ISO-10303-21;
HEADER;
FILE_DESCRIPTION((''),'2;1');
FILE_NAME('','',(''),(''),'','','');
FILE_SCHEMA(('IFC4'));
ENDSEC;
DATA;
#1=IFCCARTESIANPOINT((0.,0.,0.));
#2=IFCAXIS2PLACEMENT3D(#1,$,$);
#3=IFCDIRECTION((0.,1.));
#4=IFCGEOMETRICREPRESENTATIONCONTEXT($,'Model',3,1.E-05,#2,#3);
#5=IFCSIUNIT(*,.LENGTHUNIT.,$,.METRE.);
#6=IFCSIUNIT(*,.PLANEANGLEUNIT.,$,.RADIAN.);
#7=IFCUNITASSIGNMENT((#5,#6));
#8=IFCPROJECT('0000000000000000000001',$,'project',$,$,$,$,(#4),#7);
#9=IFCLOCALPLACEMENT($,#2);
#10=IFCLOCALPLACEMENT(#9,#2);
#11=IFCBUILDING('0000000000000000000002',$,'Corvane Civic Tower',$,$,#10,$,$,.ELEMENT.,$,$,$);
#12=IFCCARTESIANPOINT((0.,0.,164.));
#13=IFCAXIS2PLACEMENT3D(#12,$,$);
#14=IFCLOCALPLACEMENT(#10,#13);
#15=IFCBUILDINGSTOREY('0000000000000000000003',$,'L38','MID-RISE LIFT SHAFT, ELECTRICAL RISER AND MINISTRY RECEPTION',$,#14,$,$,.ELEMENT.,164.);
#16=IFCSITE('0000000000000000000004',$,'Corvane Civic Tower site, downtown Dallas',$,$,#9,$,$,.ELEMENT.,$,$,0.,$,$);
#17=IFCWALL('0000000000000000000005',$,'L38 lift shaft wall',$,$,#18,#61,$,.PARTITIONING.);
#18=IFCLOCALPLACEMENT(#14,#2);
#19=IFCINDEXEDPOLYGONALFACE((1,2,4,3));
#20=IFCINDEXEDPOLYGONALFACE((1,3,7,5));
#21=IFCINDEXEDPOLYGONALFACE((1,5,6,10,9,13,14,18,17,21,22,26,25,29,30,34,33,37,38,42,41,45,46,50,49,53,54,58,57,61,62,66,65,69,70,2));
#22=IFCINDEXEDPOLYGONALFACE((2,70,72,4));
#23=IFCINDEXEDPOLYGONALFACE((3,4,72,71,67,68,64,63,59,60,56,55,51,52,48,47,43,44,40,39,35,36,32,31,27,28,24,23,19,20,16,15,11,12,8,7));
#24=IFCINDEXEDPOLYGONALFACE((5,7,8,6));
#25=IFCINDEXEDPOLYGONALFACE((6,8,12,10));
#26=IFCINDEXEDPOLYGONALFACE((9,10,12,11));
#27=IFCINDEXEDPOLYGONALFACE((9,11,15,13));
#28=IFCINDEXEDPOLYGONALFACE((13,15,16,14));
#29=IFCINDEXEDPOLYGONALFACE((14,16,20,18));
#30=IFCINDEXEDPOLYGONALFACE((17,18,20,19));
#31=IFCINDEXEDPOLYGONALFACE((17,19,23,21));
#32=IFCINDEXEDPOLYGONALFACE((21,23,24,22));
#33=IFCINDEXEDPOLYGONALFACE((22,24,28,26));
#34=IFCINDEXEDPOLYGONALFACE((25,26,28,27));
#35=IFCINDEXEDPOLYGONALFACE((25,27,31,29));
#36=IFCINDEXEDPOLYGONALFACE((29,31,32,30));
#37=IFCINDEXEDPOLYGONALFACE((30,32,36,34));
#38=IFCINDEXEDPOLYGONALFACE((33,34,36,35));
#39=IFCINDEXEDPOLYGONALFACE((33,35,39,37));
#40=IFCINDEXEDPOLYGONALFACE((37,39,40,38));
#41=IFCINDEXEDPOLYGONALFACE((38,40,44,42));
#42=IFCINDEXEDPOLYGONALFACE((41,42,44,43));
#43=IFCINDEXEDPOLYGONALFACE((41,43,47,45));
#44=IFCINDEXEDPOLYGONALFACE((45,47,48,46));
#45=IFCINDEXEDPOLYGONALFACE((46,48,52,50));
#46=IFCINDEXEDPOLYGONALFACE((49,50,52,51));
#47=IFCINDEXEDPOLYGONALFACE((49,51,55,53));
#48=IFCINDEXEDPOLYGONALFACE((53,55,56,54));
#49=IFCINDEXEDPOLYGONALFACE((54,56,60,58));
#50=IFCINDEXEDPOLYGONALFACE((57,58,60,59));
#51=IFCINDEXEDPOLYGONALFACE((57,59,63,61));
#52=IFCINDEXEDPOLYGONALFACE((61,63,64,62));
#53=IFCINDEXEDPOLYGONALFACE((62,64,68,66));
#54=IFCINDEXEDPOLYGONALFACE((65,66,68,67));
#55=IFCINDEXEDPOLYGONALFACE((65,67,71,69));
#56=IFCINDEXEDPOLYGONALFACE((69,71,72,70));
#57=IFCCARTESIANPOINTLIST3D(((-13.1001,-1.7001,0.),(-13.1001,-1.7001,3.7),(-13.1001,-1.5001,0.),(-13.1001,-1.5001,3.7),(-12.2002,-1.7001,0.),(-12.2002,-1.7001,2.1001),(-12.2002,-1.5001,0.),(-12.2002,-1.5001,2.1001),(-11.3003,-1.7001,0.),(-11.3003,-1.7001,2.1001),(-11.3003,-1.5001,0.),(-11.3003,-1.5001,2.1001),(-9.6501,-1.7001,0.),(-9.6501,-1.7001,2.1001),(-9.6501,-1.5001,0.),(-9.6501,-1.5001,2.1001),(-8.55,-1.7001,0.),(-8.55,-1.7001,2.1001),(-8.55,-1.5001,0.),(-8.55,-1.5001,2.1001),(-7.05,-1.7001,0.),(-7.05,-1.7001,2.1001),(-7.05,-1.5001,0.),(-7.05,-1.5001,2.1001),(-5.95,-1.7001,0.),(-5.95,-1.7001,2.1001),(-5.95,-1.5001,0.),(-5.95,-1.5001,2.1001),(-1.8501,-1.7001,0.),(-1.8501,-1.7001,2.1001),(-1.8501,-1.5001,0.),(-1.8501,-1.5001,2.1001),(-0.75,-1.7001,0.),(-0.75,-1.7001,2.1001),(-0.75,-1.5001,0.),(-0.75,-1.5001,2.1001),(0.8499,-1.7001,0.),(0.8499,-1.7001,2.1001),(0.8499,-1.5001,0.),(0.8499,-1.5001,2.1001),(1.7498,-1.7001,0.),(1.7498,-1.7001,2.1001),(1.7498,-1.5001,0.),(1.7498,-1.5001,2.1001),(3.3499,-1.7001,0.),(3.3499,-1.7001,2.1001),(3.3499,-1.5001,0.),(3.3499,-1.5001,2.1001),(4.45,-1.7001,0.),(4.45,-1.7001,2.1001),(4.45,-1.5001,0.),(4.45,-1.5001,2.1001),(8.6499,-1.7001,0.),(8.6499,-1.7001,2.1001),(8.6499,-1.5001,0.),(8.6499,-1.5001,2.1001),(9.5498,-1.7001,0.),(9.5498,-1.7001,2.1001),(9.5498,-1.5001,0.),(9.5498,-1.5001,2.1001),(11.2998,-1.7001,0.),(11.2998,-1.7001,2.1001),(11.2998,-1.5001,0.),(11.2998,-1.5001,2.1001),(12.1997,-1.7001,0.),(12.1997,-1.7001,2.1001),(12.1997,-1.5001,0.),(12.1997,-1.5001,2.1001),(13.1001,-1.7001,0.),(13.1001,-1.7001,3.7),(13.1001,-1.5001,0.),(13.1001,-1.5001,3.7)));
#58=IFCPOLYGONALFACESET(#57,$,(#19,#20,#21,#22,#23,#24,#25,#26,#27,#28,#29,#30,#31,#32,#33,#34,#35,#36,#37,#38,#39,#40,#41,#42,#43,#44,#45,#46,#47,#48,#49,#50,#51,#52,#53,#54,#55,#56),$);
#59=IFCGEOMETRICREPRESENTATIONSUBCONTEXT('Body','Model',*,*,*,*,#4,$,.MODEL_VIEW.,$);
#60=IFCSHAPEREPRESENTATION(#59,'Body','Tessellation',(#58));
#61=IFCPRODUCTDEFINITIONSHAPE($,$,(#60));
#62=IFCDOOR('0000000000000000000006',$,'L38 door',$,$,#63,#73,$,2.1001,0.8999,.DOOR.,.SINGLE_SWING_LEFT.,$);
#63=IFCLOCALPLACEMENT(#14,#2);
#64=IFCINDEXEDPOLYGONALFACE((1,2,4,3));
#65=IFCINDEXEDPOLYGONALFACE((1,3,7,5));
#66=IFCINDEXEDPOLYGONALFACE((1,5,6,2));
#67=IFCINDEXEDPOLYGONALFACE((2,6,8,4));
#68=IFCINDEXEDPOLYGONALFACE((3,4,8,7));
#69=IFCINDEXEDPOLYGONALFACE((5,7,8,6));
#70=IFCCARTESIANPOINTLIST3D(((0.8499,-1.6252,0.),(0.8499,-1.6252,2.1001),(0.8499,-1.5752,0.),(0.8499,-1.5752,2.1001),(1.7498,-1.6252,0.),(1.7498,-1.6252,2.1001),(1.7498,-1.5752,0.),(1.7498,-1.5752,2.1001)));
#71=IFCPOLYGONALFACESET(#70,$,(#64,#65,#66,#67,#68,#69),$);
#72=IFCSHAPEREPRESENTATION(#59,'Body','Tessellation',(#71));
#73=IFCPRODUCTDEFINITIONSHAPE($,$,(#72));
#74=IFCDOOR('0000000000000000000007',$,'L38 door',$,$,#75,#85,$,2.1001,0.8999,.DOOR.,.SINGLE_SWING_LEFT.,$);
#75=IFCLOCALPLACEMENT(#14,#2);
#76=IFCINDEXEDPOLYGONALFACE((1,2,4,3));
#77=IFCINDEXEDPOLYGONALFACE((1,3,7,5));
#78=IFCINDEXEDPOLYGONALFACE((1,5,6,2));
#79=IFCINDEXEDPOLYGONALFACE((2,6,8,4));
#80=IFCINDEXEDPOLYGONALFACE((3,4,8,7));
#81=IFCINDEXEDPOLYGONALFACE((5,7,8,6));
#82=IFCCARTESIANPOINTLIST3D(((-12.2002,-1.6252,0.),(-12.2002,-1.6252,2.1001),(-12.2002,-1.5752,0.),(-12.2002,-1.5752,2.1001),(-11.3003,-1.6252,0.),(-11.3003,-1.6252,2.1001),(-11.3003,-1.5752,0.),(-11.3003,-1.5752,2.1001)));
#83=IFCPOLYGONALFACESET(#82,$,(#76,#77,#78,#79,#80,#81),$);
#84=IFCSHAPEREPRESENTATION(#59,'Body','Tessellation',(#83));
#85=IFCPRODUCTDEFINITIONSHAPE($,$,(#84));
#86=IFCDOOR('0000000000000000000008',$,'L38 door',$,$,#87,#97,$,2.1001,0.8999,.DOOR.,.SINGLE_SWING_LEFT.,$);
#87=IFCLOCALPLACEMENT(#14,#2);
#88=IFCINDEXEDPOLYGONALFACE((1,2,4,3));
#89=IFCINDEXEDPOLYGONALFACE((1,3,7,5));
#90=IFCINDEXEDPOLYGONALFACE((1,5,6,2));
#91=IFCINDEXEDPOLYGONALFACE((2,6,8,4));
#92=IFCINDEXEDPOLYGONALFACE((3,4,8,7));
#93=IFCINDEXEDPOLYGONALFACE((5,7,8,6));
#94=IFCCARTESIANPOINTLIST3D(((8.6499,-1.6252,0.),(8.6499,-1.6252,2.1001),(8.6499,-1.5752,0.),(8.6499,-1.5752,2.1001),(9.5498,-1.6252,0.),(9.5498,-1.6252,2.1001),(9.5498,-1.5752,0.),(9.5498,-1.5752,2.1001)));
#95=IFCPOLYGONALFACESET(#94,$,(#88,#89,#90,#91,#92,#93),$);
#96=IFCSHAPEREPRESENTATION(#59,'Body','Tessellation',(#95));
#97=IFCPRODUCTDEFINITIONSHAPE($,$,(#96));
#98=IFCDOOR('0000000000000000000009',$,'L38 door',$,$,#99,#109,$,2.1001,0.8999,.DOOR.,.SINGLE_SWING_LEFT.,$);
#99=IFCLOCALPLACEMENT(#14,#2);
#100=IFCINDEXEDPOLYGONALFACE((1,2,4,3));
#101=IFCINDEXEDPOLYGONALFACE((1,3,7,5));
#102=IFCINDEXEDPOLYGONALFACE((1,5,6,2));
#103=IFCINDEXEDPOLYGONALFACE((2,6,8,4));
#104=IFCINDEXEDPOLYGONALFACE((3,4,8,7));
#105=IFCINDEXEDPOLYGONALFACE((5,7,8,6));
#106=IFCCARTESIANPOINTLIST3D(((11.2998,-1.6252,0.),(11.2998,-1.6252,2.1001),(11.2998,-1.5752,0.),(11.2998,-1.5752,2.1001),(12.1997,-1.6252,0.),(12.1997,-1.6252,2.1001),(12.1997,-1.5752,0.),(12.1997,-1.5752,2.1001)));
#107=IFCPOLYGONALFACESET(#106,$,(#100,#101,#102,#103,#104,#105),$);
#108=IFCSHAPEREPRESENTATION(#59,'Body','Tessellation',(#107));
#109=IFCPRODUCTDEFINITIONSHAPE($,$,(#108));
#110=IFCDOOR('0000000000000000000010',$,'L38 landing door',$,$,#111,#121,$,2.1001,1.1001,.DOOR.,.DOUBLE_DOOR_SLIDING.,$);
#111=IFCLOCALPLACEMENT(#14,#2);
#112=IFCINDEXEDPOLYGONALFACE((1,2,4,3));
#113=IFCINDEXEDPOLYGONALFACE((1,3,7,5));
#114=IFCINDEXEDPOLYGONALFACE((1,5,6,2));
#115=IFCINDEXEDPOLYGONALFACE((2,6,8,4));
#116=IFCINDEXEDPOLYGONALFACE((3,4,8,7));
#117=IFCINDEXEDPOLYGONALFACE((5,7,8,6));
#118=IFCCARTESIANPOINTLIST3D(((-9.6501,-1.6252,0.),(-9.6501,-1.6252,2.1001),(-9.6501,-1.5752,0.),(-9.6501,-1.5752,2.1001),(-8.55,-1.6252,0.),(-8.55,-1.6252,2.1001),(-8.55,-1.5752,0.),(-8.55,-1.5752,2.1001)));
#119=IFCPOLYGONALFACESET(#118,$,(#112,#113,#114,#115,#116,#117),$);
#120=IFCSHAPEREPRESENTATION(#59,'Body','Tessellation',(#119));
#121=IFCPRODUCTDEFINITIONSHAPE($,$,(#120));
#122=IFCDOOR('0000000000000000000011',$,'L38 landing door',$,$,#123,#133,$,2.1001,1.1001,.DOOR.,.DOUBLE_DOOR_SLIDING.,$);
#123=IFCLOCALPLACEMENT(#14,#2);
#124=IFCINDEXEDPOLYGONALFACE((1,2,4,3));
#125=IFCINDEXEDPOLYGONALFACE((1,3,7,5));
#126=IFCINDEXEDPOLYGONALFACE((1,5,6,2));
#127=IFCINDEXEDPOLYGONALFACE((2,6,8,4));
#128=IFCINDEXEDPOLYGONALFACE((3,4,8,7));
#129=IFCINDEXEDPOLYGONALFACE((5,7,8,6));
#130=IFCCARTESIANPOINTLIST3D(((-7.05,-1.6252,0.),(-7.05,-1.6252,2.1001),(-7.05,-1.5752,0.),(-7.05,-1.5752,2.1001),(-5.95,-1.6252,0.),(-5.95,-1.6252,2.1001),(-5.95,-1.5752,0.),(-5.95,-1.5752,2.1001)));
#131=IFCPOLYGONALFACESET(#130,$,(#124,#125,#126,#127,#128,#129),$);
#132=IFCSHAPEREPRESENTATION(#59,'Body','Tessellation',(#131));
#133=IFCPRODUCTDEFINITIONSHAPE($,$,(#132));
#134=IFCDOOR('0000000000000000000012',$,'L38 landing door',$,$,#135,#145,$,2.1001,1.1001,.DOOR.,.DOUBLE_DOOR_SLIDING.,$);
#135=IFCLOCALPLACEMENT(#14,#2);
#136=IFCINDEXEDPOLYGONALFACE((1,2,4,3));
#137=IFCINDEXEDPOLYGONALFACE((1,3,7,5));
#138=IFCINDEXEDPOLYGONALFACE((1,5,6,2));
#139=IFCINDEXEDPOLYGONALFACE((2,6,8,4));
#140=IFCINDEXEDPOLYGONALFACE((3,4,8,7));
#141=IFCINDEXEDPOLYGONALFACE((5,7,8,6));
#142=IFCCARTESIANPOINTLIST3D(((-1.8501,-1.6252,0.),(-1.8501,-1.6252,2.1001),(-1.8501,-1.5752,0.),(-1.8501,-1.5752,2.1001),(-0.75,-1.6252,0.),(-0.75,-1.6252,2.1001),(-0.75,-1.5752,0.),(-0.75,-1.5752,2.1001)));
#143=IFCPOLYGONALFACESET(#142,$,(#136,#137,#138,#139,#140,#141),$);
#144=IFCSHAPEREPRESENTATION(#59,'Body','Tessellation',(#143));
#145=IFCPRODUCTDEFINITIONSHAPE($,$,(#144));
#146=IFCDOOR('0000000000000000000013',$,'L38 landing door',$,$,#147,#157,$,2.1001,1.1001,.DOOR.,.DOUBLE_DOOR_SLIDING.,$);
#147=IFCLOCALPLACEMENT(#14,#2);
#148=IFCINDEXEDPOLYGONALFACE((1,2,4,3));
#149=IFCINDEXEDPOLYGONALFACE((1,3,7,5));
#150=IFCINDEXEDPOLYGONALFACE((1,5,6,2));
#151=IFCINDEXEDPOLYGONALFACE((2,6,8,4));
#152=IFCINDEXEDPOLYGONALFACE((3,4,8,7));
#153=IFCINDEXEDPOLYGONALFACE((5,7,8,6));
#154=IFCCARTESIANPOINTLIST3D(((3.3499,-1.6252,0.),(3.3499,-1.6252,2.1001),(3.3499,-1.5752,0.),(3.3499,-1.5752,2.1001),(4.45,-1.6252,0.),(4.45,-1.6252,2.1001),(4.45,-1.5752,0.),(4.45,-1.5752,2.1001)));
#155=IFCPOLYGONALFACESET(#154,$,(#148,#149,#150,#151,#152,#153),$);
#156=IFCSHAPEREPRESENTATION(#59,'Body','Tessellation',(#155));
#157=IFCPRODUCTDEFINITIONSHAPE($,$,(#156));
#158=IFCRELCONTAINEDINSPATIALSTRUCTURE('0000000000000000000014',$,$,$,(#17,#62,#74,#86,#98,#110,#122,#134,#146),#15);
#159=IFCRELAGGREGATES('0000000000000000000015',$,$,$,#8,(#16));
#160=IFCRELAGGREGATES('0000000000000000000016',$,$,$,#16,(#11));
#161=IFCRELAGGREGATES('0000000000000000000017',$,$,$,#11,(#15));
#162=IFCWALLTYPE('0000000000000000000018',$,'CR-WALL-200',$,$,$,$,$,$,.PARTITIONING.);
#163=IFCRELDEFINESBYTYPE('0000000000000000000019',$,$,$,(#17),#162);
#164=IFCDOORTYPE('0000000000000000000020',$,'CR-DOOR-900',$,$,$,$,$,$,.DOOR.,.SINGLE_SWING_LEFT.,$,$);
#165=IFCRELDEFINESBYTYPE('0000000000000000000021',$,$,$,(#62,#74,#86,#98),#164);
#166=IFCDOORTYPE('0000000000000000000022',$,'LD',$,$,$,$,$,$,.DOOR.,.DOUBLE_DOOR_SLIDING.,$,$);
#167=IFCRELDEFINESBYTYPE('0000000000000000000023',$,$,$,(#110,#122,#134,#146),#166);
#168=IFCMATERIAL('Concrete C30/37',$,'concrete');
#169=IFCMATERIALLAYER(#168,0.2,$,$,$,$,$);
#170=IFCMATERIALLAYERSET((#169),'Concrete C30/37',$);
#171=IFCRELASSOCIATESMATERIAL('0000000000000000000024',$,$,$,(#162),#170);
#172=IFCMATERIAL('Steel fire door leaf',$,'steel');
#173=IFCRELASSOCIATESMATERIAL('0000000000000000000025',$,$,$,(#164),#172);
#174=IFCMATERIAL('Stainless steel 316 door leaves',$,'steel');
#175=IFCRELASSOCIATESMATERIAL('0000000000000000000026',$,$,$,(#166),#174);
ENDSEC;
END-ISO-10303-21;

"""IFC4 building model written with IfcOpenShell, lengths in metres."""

from ifc_helpers import new_model, si_unit, direction, frame, frame_2d, origin, place, context, subcontext, project, spatial, rectangle, extrude, material, layer, layer_set, type_object, element, fill, save


model = new_model("IFC4")

# Units and contexts
model_context = context("Model", 3, precision=1e-05, world=origin(), true_north=direction((0.0, 1.0)))
body_context = subcontext(model_context, "Body", "Model", "MODEL_VIEW")
ifc_project = project(units=[si_unit("LENGTHUNIT", "METRE"), si_unit("PLANEANGLEUNIT", "RADIAN")], contexts=[model_context])

# Site, building, storey
site_placement = place(None, origin())
site = spatial("IfcSite", under=ifc_project, at=site_placement, Name="Corvane Civic Tower site, downtown Dallas", CompositionType="ELEMENT", RefElevation=0.0)
building_placement = place(site_placement, origin())
building = spatial("IfcBuilding", under=site, at=building_placement, Name="Corvane Civic Tower", CompositionType="ELEMENT")
storey_placement = place(building_placement, frame((0.0, 0.0, 164.0)))
storey = spatial("IfcBuildingStorey", under=building, at=storey_placement, Name="L38", Description="MID-RISE LIFT SHAFT, ELECTRICAL RISER AND MINISTRY RECEPTION", CompositionType="ELEMENT", Elevation=164.0)

# Shared definitions
ifc_material_1 = material(Name="Concrete C30/37", Category="concrete")
ifc_layer_1 = layer(ifc_material_1, 0.2)
ifc_layer_set_1 = layer_set([ifc_layer_1], Name="Concrete C30/37")
wall_type_1 = type_object("IfcWallType", Name="CR-WALL-200", PredefinedType="PARTITIONING", material=ifc_layer_set_1)
ifc_material_2 = material(Name="Steel fire door leaf", Category="steel")
door_type_1 = type_object("IfcDoorType", Name="CR-DOOR-900", OperationType="SINGLE_SWING_LEFT", PredefinedType="DOOR", material=ifc_material_2)

# Wall, openings, doors
wall_1_placement = place(storey_placement, frame((-13.1001, -1.6001, 0.0), z_axis=(0.0, 0.0, 1.0), x_axis=(1.0, 0.0, 0.0)))
wall_1 = element("IfcWall", 1, at=wall_1_placement, inside=storey, type_object=wall_type_1, Name="L38 lift shaft wall", PredefinedType="PARTITIONING", context=body_context, shape_type="SweptSolid", body=[
    extrude(rectangle(XDim=26.2002, YDim=0.2, at=frame_2d((13.1001, 0.0))), origin(), (0.0, 0.0, 1.0), 3.7),
])
opening_1_placement = place(wall_1_placement, frame((3.45, 0.0, 0.0)))
opening_1 = element("IfcOpeningElement", 2, at=opening_1_placement, cuts=wall_1, PredefinedType="OPENING", context=body_context, shape_type="SweptSolid", body=[
    extrude(rectangle(XDim=1.1001, YDim=2.1001, at=frame_2d((0.55, 1.05))), frame((0.0, 0.1099, 0.0), z_axis=(0.0, -1.0, 0.0), x_axis=(1.0, 0.0, 0.0)), (0.0, 0.0, 1.0), 0.22),
])
opening_2_placement = place(wall_1_placement, frame((6.05, 0.0, 0.0)))
opening_2 = element("IfcOpeningElement", 3, at=opening_2_placement, cuts=wall_1, PredefinedType="OPENING", context=body_context, shape_type="SweptSolid", body=[
    extrude(rectangle(XDim=1.1001, YDim=2.1001, at=frame_2d((0.55, 1.05))), frame((0.0, 0.1099, 0.0), z_axis=(0.0, -1.0, 0.0), x_axis=(1.0, 0.0, 0.0)), (0.0, 0.0, 1.0), 0.22),
])
opening_3_placement = place(wall_1_placement, frame((11.25, 0.0, 0.0)))
opening_3 = element("IfcOpeningElement", 4, at=opening_3_placement, cuts=wall_1, PredefinedType="OPENING", context=body_context, shape_type="SweptSolid", body=[
    extrude(rectangle(XDim=1.1001, YDim=2.1001, at=frame_2d((0.55, 1.05))), frame((0.0, 0.1099, 0.0), z_axis=(0.0, -1.0, 0.0), x_axis=(1.0, 0.0, 0.0)), (0.0, 0.0, 1.0), 0.22),
])
opening_4_placement = place(wall_1_placement, frame((13.95, 0.0, 0.0)))
opening_4 = element("IfcOpeningElement", 5, at=opening_4_placement, cuts=wall_1, PredefinedType="OPENING", context=body_context, shape_type="SweptSolid", body=[
    extrude(rectangle(XDim=0.8999, YDim=2.1001, at=frame_2d((0.45, 1.05))), frame((0.0, 0.1099, 0.0), z_axis=(0.0, -1.0, 0.0), x_axis=(1.0, 0.0, 0.0)), (0.0, 0.0, 1.0), 0.22),
])
opening_5_placement = place(wall_1_placement, frame((16.45, 0.0, 0.0)))
opening_5 = element("IfcOpeningElement", 6, at=opening_5_placement, cuts=wall_1, PredefinedType="OPENING", context=body_context, shape_type="SweptSolid", body=[
    extrude(rectangle(XDim=1.1001, YDim=2.1001, at=frame_2d((0.55, 1.05))), frame((0.0, 0.1099, 0.0), z_axis=(0.0, -1.0, 0.0), x_axis=(1.0, 0.0, 0.0)), (0.0, 0.0, 1.0), 0.22),
])
opening_6_placement = place(wall_1_placement, frame((0.8999, 0.0, 0.0)))
opening_6 = element("IfcOpeningElement", 7, at=opening_6_placement, cuts=wall_1, PredefinedType="OPENING", context=body_context, shape_type="SweptSolid", body=[
    extrude(rectangle(XDim=0.8999, YDim=2.1001, at=frame_2d((0.45, 1.05))), frame((0.0, 0.1099, 0.0), z_axis=(0.0, -1.0, 0.0), x_axis=(1.0, 0.0, 0.0)), (0.0, 0.0, 1.0), 0.22),
])
opening_7_placement = place(wall_1_placement, frame((21.75, 0.0, 0.0)))
opening_7 = element("IfcOpeningElement", 8, at=opening_7_placement, cuts=wall_1, PredefinedType="OPENING", context=body_context, shape_type="SweptSolid", body=[
    extrude(rectangle(XDim=0.8999, YDim=2.1001, at=frame_2d((0.45, 1.05))), frame((0.0, 0.1099, 0.0), z_axis=(0.0, -1.0, 0.0), x_axis=(1.0, 0.0, 0.0)), (0.0, 0.0, 1.0), 0.22),
])
opening_8_placement = place(wall_1_placement, frame((24.3999, 0.0, 0.0)))
opening_8 = element("IfcOpeningElement", 9, at=opening_8_placement, cuts=wall_1, PredefinedType="OPENING", context=body_context, shape_type="SweptSolid", body=[
    extrude(rectangle(XDim=0.8999, YDim=2.1001, at=frame_2d((0.45, 1.05))), frame((0.0, 0.1099, 0.0), z_axis=(0.0, -1.0, 0.0), x_axis=(1.0, 0.0, 0.0)), (0.0, 0.0, 1.0), 0.22),
])
door_1_placement = place(opening_4_placement, origin())
door_1 = element("IfcDoor", 10, at=door_1_placement, inside=storey, type_object=door_type_1, Name="L38 door", OperationType="SINGLE_SWING_LEFT", OverallHeight=2.1001, OverallWidth=0.8999, PredefinedType="DOOR", context=body_context, shape_type="SweptSolid", body=[
    extrude(rectangle(XDim=0.8999, YDim=2.1001, at=frame_2d((0.45, 1.05))), frame((0.0, 0.0249, 0.0), z_axis=(0.0, -1.0, 0.0), x_axis=(1.0, 0.0, 0.0)), (0.0, 0.0, 1.0), 0.05),
])
fill(opening_4, door_1)
door_2_placement = place(opening_6_placement, origin())
door_2 = element("IfcDoor", 11, at=door_2_placement, inside=storey, type_object=door_type_1, Name="L38 door", OperationType="SINGLE_SWING_LEFT", OverallHeight=2.1001, OverallWidth=0.8999, PredefinedType="DOOR", context=body_context, shape_type="SweptSolid", body=[
    extrude(rectangle(XDim=0.8999, YDim=2.1001, at=frame_2d((0.45, 1.05))), frame((0.0, 0.0249, 0.0), z_axis=(0.0, -1.0, 0.0), x_axis=(1.0, 0.0, 0.0)), (0.0, 0.0, 1.0), 0.05),
])
fill(opening_6, door_2)
door_3_placement = place(opening_7_placement, origin())
door_3 = element("IfcDoor", 12, at=door_3_placement, inside=storey, type_object=door_type_1, Name="L38 door", OperationType="SINGLE_SWING_LEFT", OverallHeight=2.1001, OverallWidth=0.8999, PredefinedType="DOOR", context=body_context, shape_type="SweptSolid", body=[
    extrude(rectangle(XDim=0.8999, YDim=2.1001, at=frame_2d((0.45, 1.05))), frame((0.0, 0.0249, 0.0), z_axis=(0.0, -1.0, 0.0), x_axis=(1.0, 0.0, 0.0)), (0.0, 0.0, 1.0), 0.05),
])
fill(opening_7, door_3)
door_4_placement = place(opening_8_placement, origin())
door_4 = element("IfcDoor", 13, at=door_4_placement, inside=storey, type_object=door_type_1, Name="L38 door", OperationType="SINGLE_SWING_LEFT", OverallHeight=2.1001, OverallWidth=0.8999, PredefinedType="DOOR", context=body_context, shape_type="SweptSolid", body=[
    extrude(rectangle(XDim=0.8999, YDim=2.1001, at=frame_2d((0.45, 1.05))), frame((0.0, 0.0249, 0.0), z_axis=(0.0, -1.0, 0.0), x_axis=(1.0, 0.0, 0.0)), (0.0, 0.0, 1.0), 0.05),
])
fill(opening_8, door_4)
ifc_material_3 = material(Name="Stainless steel 316 door leaves", Category="steel")
door_type_2 = type_object("IfcDoorType", Name="LD", OperationType="DOUBLE_DOOR_SLIDING", PredefinedType="DOOR", material=ifc_material_3)
door_5_placement = place(opening_1_placement, origin())
door_5 = element("IfcDoor", 14, at=door_5_placement, inside=storey, type_object=door_type_2, Name="L38 landing door", OperationType="DOUBLE_DOOR_SLIDING", OverallHeight=2.1001, OverallWidth=1.1001, PredefinedType="DOOR", context=body_context, shape_type="SweptSolid", body=[
    extrude(rectangle(XDim=1.1001, YDim=2.1001, at=frame_2d((0.55, 1.05))), frame((0.0, 0.0249, 0.0), z_axis=(0.0, -1.0, 0.0), x_axis=(1.0, 0.0, 0.0)), (0.0, 0.0, 1.0), 0.05),
])
fill(opening_1, door_5)
door_6_placement = place(opening_2_placement, origin())
door_6 = element("IfcDoor", 15, at=door_6_placement, inside=storey, type_object=door_type_2, Name="L38 landing door", OperationType="DOUBLE_DOOR_SLIDING", OverallHeight=2.1001, OverallWidth=1.1001, PredefinedType="DOOR", context=body_context, shape_type="SweptSolid", body=[
    extrude(rectangle(XDim=1.1001, YDim=2.1001, at=frame_2d((0.55, 1.05))), frame((0.0, 0.0249, 0.0), z_axis=(0.0, -1.0, 0.0), x_axis=(1.0, 0.0, 0.0)), (0.0, 0.0, 1.0), 0.05),
])
fill(opening_2, door_6)
door_7_placement = place(opening_3_placement, origin())
door_7 = element("IfcDoor", 16, at=door_7_placement, inside=storey, type_object=door_type_2, Name="L38 landing door", OperationType="DOUBLE_DOOR_SLIDING", OverallHeight=2.1001, OverallWidth=1.1001, PredefinedType="DOOR", context=body_context, shape_type="SweptSolid", body=[
    extrude(rectangle(XDim=1.1001, YDim=2.1001, at=frame_2d((0.55, 1.05))), frame((0.0, 0.0249, 0.0), z_axis=(0.0, -1.0, 0.0), x_axis=(1.0, 0.0, 0.0)), (0.0, 0.0, 1.0), 0.05),
])
fill(opening_3, door_7)
door_8_placement = place(opening_5_placement, origin())
door_8 = element("IfcDoor", 17, at=door_8_placement, inside=storey, type_object=door_type_2, Name="L38 landing door", OperationType="DOUBLE_DOOR_SLIDING", OverallHeight=2.1001, OverallWidth=1.1001, PredefinedType="DOOR", context=body_context, shape_type="SweptSolid", body=[
    extrude(rectangle(XDim=1.1001, YDim=2.1001, at=frame_2d((0.55, 1.05))), frame((0.0, 0.0249, 0.0), z_axis=(0.0, -1.0, 0.0), x_axis=(1.0, 0.0, 0.0)), (0.0, 0.0, 1.0), 0.05),
])
fill(opening_5, door_8)

save(model, "model.ifc")
